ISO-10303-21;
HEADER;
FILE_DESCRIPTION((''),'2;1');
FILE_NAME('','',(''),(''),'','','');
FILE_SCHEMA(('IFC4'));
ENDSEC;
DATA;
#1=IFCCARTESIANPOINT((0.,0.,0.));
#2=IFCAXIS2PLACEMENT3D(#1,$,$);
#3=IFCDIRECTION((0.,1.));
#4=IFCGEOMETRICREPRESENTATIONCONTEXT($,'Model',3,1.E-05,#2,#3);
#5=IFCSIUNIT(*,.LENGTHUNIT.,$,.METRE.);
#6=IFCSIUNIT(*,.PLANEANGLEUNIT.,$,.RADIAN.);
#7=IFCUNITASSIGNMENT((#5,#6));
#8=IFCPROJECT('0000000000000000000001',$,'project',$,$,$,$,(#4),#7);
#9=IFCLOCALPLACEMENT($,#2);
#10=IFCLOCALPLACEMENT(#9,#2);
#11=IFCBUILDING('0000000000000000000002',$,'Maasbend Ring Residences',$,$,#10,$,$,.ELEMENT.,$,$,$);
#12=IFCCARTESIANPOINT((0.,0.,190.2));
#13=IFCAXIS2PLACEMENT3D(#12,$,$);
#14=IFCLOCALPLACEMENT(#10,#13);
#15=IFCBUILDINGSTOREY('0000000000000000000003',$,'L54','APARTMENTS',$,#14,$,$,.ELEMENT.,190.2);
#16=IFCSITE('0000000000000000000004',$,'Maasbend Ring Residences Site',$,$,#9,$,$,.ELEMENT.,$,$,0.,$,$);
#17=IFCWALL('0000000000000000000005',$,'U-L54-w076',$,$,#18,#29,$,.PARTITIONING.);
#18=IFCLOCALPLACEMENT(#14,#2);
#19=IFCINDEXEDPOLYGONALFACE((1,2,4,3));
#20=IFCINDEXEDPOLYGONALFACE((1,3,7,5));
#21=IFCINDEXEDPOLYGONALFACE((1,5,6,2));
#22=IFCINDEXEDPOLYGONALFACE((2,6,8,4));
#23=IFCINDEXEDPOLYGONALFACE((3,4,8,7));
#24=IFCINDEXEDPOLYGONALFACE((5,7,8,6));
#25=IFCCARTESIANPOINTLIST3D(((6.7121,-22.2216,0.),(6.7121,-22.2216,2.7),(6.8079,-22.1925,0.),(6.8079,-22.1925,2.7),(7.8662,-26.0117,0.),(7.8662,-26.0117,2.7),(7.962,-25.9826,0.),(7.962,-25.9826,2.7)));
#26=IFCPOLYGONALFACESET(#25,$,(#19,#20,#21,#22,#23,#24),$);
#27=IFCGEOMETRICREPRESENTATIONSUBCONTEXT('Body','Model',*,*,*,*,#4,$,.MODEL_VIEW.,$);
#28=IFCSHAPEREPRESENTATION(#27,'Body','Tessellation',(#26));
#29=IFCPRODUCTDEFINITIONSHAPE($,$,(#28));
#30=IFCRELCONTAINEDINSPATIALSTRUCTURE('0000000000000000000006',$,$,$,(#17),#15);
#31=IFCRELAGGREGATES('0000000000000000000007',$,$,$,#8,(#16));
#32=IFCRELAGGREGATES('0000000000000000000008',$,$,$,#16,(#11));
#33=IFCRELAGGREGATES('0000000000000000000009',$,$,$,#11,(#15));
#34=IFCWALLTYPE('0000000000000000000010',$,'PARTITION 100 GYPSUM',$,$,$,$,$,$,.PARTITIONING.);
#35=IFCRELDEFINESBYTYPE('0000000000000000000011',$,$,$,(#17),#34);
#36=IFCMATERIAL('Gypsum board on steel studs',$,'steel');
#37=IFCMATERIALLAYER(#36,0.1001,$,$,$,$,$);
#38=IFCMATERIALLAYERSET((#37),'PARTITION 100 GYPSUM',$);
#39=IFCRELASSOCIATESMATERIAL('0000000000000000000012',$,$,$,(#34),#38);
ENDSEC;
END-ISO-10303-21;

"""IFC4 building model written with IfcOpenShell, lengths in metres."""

from ifc_helpers import new_model, si_unit, direction, frame, frame_2d, origin, place, context, subcontext, project, spatial, rectangle, extrude, material, layer, layer_set, type_object, element, save


model = new_model("IFC4")

# Units and contexts
model_context = context("Model", 3, precision=1e-05, world=origin(), true_north=direction((0.0, 1.0)))
body_context = subcontext(model_context, "Body", "Model", "MODEL_VIEW")
ifc_project = project(units=[si_unit("LENGTHUNIT", "METRE"), si_unit("PLANEANGLEUNIT", "RADIAN")], contexts=[model_context])

# Site, building, storey
site_placement = place(None, origin())
site = spatial("IfcSite", under=ifc_project, at=site_placement, Name="Maasbend Ring Residences Site", CompositionType="ELEMENT", RefElevation=0.0)
building_placement = place(site_placement, origin())
building = spatial("IfcBuilding", under=site, at=building_placement, Name="Maasbend Ring Residences", CompositionType="ELEMENT")
storey_placement = place(building_placement, frame((0.0, 0.0, 190.2)))
storey = spatial("IfcBuildingStorey", under=building, at=storey_placement, Name="L54", Description="APARTMENTS", CompositionType="ELEMENT", Elevation=190.2)

# Shared definitions
ifc_material_1 = material(Name="Gypsum board on steel studs", Category="steel")
ifc_layer_1 = layer(ifc_material_1, 0.1001)
ifc_layer_set_1 = layer_set([ifc_layer_1], Name="PARTITION 100 GYPSUM")
wall_type_1 = type_object("IfcWallType", Name="PARTITION 100 GYPSUM", PredefinedType="PARTITIONING", material=ifc_layer_set_1)

# Wall
wall_1_placement = place(storey_placement, frame((6.76, -22.207, 0.0), z_axis=(0.0, 0.0, 1.0), x_axis=(0.291292, -0.956634, 0.0)))
element("IfcWall", 1, at=wall_1_placement, inside=storey, type_object=wall_type_1, Name="U-L54-w076", PredefinedType="PARTITIONING", context=body_context, shape_type="SweptSolid", body=[
    extrude(rectangle(XDim=3.9619, YDim=0.1001, at=frame_2d((1.981, 0.0))), origin(), (0.0, 0.0, 1.0), 2.7),
])

save(model, "model.ifc")
